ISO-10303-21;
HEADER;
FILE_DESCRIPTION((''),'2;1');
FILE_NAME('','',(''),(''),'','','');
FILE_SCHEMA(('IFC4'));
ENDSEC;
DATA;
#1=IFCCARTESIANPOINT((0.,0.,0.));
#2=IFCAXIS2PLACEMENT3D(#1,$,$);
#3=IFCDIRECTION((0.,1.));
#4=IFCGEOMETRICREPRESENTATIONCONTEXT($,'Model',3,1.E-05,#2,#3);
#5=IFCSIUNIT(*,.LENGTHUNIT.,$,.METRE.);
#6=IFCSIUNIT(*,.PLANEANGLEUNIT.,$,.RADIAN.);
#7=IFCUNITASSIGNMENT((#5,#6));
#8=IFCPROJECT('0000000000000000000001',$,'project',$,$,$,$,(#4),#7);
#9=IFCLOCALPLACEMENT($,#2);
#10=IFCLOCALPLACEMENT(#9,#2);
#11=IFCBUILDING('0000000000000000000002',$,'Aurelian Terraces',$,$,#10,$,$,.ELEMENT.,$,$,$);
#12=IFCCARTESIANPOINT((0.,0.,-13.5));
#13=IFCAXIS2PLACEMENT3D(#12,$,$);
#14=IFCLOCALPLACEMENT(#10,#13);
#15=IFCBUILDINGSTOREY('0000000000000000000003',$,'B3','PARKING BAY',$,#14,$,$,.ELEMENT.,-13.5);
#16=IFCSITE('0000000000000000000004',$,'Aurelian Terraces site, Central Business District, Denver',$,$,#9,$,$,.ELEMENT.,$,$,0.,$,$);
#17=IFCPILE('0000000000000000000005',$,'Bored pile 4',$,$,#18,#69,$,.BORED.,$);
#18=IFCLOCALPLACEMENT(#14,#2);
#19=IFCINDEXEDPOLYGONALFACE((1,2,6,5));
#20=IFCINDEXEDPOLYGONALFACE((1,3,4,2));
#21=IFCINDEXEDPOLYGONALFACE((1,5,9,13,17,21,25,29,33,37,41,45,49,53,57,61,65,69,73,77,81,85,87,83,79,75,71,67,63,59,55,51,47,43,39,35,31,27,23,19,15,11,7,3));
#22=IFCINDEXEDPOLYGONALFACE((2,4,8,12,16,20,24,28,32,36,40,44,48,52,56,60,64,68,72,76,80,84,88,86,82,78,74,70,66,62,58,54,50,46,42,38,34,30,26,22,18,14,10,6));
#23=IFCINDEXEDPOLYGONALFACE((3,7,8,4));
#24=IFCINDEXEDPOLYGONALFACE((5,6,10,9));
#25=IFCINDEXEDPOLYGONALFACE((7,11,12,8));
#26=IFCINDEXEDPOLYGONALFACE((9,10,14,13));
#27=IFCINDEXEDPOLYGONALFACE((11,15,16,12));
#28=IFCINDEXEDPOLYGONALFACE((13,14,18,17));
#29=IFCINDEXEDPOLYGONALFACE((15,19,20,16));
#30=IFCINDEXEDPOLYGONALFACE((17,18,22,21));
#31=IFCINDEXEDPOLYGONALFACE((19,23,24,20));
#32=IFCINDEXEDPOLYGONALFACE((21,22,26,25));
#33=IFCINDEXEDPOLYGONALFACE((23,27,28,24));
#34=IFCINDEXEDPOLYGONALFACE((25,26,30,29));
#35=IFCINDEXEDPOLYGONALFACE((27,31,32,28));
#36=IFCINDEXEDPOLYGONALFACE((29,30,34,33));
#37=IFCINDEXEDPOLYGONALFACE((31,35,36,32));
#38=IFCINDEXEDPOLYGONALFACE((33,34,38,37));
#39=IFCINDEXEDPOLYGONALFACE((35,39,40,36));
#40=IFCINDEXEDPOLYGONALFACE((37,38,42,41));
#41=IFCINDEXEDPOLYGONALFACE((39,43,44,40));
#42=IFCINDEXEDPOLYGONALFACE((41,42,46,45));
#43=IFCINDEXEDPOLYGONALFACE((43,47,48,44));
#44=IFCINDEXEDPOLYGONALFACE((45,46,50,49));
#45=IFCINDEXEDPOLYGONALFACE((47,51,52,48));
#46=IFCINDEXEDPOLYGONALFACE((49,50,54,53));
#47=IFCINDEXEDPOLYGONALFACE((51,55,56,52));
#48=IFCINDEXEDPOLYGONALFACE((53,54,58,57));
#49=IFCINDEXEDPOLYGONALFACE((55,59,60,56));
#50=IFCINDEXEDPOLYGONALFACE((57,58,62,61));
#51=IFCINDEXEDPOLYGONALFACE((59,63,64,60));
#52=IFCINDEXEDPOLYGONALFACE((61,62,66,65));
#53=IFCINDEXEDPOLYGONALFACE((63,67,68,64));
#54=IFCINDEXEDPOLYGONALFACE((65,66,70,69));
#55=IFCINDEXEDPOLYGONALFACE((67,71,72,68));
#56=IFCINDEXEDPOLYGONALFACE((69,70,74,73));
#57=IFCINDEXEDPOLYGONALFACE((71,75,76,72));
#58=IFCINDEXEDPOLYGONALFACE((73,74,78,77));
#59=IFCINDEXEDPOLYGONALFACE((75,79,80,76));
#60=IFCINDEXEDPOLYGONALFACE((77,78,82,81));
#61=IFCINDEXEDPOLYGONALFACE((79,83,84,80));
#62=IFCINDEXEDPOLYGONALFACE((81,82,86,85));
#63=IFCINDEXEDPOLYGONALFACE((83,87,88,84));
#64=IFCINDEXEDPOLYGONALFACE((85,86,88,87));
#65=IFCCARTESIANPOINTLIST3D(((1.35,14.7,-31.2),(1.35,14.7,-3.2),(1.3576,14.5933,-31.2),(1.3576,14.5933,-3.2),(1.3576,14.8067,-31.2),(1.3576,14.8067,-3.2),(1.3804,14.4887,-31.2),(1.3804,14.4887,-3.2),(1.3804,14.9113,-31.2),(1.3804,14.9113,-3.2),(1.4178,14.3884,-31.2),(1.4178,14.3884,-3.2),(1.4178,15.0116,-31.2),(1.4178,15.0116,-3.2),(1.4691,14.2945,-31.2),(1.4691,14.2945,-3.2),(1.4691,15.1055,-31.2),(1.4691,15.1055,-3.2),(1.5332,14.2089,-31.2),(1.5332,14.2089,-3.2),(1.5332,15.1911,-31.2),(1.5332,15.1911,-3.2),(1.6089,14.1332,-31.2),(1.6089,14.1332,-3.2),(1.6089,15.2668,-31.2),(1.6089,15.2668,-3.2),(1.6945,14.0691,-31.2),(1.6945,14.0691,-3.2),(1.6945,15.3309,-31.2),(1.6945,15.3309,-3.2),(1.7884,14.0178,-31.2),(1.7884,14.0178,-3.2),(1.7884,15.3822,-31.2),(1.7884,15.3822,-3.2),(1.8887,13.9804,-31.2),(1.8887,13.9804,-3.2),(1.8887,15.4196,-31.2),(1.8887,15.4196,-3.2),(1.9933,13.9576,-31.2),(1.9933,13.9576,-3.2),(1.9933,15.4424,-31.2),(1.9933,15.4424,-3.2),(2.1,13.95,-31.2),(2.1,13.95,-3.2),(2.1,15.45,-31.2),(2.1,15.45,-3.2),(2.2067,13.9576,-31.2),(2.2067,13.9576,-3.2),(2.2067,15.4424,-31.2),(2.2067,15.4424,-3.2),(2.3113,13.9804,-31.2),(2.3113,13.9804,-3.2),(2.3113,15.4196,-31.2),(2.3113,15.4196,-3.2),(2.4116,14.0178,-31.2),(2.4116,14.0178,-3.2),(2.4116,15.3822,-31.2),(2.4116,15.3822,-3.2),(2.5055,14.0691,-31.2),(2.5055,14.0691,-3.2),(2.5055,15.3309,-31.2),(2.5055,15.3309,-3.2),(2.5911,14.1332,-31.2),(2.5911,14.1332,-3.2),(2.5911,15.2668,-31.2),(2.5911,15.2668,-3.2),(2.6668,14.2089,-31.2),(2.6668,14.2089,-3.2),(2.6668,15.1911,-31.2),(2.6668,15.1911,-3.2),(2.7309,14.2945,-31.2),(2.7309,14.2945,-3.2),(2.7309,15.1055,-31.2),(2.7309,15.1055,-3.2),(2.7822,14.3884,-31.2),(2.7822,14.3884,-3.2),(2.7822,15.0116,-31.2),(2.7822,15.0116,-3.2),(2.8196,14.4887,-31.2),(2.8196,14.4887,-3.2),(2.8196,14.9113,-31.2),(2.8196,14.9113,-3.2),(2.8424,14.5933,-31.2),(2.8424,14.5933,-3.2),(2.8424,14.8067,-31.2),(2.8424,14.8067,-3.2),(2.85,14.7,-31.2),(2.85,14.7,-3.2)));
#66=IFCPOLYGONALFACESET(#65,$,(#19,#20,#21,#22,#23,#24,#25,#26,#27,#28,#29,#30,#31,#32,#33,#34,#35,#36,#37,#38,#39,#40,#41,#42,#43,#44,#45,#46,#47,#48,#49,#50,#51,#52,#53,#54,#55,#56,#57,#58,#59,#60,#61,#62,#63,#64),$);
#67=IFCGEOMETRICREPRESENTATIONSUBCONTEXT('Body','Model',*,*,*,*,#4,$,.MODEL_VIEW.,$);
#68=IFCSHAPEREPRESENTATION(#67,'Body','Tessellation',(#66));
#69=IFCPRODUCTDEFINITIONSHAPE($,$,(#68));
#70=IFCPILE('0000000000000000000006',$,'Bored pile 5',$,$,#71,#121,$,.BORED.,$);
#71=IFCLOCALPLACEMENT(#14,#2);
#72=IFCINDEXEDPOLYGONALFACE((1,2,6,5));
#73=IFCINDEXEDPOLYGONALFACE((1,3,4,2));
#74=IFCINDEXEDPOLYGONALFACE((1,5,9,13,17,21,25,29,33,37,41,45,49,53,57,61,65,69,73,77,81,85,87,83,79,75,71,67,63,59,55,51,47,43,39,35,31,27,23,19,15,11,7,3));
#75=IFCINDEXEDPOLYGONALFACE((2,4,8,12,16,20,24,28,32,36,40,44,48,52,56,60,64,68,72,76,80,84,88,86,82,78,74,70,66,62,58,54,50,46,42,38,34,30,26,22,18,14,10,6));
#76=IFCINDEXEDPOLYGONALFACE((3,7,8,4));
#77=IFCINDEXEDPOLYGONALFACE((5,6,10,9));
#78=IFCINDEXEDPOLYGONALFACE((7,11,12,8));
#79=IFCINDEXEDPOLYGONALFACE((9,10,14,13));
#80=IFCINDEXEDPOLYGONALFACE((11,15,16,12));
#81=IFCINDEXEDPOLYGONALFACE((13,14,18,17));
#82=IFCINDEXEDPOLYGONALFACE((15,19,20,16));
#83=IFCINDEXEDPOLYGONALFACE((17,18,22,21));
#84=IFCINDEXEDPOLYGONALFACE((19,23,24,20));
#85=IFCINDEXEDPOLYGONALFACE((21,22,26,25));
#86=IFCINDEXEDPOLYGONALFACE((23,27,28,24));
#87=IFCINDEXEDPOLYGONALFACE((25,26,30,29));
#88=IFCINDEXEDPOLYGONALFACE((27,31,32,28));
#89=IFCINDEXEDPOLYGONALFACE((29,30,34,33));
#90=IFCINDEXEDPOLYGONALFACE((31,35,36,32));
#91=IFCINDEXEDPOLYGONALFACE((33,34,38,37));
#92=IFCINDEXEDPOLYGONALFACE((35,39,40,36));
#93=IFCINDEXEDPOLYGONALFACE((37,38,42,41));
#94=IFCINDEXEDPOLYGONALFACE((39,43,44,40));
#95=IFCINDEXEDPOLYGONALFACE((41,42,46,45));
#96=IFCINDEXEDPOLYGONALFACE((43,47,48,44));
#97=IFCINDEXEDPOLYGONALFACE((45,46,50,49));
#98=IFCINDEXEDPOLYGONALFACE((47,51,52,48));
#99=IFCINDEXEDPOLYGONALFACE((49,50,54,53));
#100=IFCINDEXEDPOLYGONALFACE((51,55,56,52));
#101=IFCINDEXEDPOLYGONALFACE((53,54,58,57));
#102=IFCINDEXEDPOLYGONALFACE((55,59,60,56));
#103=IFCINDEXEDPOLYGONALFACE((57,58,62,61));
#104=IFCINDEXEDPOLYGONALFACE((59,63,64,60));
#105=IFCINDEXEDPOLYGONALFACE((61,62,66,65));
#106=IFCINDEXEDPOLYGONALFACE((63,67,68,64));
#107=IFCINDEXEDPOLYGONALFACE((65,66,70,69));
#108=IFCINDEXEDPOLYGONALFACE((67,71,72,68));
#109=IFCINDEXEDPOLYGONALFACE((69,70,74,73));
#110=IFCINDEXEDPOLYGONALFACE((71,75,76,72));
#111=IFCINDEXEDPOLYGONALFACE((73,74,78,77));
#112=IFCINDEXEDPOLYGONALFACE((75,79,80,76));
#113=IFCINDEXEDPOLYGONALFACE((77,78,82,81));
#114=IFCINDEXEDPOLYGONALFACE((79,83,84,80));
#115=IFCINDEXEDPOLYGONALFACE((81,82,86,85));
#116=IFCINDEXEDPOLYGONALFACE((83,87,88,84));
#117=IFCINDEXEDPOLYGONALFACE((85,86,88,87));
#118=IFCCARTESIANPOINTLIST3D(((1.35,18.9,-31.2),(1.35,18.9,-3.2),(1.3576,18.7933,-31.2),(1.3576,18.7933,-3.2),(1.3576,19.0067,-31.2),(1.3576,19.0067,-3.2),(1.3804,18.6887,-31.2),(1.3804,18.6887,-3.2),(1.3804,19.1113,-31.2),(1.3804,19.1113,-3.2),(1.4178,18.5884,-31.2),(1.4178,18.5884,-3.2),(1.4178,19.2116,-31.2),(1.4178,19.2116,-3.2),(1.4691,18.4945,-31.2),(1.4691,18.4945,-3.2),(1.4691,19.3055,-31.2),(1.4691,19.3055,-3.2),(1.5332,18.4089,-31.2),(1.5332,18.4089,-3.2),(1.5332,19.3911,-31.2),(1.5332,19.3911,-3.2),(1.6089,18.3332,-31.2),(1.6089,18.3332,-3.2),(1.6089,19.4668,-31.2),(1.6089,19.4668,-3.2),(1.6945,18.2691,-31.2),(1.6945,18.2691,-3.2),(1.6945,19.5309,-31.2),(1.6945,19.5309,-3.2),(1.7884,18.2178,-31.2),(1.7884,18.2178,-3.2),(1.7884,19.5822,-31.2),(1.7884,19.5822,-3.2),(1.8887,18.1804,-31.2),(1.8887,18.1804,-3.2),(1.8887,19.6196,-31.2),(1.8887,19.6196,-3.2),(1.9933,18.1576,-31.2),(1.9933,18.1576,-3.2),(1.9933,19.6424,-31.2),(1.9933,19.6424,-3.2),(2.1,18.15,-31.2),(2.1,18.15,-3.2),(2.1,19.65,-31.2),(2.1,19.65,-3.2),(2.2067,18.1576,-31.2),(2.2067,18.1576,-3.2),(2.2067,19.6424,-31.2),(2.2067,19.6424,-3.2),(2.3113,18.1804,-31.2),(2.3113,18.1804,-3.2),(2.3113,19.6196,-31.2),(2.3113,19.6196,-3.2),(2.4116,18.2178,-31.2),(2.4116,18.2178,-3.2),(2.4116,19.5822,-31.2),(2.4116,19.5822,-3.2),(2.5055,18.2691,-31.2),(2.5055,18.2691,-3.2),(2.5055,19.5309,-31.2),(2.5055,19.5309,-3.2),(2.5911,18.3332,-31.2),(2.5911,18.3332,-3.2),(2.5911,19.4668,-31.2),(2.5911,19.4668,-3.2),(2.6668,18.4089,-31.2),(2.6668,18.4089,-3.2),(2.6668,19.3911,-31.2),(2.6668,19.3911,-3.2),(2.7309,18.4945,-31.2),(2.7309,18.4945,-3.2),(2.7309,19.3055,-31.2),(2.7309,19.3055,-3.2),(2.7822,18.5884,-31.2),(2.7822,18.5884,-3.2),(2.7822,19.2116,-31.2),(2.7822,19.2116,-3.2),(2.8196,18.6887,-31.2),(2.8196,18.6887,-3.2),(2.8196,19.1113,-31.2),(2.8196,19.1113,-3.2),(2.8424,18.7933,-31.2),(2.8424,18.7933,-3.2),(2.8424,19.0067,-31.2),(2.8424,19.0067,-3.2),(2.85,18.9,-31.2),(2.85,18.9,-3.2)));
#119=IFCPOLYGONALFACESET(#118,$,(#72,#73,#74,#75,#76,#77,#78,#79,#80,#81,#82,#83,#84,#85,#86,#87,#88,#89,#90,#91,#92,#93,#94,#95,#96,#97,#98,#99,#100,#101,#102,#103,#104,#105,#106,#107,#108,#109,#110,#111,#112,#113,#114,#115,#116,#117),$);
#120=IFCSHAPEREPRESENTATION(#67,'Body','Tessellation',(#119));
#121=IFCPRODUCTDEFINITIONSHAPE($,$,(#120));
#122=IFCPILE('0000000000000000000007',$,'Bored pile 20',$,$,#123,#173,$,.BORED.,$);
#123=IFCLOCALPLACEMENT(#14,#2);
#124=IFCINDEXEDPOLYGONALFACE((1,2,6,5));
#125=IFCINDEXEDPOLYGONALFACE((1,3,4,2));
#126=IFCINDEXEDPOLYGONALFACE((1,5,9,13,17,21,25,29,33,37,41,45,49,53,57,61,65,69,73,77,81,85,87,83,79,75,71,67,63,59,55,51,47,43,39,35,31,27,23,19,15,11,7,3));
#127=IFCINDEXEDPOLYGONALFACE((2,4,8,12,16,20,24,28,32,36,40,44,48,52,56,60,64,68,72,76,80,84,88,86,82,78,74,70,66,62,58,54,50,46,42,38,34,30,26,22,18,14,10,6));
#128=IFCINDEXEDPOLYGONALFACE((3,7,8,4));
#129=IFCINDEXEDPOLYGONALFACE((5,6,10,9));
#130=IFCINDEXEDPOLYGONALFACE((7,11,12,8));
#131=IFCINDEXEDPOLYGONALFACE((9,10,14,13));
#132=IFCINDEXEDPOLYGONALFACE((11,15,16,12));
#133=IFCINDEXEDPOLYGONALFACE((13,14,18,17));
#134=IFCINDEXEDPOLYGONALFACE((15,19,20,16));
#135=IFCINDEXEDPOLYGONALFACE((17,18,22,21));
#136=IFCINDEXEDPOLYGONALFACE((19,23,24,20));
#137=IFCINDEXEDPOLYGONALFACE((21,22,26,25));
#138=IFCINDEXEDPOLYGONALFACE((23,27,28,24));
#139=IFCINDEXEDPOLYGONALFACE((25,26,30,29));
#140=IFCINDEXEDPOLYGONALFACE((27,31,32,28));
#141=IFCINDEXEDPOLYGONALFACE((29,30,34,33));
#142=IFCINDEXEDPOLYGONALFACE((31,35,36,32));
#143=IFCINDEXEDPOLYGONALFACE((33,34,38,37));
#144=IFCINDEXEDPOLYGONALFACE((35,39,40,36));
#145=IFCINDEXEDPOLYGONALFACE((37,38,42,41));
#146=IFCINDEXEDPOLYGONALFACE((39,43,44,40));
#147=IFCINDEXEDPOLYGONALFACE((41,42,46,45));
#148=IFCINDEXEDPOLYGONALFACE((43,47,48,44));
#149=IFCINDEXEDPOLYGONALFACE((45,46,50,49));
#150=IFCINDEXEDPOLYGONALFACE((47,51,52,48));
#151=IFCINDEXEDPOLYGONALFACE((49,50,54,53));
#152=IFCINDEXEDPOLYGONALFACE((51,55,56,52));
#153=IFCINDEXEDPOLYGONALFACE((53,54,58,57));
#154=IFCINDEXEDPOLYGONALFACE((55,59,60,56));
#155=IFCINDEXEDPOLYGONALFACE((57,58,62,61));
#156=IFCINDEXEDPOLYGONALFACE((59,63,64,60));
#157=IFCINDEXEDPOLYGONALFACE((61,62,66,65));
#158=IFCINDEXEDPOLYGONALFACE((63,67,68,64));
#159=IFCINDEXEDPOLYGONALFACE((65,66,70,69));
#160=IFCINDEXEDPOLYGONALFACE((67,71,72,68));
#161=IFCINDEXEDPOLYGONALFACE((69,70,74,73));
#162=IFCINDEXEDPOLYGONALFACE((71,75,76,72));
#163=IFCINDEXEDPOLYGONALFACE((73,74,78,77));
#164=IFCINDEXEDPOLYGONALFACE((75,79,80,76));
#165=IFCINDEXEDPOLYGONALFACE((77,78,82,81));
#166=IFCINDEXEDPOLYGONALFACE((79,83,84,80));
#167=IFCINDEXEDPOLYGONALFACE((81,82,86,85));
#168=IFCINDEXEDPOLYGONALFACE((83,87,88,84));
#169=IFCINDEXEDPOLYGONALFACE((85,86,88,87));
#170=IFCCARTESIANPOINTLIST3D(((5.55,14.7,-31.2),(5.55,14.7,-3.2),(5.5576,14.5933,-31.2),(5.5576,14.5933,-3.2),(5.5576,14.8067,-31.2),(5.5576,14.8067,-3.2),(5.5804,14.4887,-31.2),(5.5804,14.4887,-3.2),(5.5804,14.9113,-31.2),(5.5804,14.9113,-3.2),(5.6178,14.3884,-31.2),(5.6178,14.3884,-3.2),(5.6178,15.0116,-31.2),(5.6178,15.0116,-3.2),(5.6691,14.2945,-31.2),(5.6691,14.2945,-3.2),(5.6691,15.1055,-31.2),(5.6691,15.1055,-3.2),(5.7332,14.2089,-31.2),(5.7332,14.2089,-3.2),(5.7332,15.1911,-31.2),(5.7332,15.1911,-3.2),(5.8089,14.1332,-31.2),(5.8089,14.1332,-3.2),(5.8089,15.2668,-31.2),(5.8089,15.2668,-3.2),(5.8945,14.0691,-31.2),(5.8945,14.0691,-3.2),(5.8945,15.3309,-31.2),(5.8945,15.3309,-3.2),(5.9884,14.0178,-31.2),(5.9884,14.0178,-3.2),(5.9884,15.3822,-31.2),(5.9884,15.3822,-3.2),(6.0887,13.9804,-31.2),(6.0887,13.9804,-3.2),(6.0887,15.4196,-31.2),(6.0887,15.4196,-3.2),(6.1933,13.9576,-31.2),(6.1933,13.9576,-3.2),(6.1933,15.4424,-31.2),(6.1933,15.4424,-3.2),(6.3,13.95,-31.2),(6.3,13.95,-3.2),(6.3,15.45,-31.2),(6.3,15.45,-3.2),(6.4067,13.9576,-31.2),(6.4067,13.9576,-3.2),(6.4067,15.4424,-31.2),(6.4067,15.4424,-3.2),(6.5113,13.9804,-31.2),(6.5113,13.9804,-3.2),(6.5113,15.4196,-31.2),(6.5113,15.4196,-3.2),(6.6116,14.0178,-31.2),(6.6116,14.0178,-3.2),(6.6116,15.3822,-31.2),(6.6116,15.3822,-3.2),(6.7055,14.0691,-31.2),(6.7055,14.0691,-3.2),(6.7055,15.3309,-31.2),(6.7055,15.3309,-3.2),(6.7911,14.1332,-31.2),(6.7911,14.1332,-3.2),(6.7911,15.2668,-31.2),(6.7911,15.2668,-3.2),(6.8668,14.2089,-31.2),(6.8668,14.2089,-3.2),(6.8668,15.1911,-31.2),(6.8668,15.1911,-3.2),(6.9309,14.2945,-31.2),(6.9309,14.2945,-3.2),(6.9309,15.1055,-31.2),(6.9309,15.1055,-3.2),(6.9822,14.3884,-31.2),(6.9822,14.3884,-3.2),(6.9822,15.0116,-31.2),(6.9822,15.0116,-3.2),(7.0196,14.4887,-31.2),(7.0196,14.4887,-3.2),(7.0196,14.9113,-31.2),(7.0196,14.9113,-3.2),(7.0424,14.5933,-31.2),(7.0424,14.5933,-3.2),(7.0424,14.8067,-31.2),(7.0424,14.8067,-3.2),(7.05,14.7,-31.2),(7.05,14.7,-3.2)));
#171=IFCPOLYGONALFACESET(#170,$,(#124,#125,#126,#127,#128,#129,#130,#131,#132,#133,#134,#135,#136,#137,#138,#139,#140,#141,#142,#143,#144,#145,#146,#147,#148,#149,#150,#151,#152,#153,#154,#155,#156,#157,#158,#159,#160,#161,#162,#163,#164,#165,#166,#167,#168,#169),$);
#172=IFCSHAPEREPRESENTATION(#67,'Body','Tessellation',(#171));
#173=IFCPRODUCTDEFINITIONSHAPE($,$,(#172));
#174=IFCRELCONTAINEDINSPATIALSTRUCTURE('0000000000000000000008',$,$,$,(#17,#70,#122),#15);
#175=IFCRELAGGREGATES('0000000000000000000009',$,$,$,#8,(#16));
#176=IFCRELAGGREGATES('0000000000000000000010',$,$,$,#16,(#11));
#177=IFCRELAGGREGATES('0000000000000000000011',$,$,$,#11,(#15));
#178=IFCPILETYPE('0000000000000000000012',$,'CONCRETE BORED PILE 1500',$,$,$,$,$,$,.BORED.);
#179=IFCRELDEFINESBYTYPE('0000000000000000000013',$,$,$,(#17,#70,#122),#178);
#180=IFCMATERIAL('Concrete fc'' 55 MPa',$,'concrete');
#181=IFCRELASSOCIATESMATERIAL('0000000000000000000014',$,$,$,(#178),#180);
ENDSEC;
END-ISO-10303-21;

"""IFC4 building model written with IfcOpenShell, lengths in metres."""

from ifc_helpers import new_model, si_unit, direction, frame, origin, origin_2d, place, context, subcontext, project, spatial, circle, extrude, source, transform, mapped, material, material_profile, profile_set, type_object, element, save


model = new_model("IFC4")

# Units and contexts
model_context = context("Model", 3, precision=1e-05, world=origin(), true_north=direction((0.0, 1.0)))
body_context = subcontext(model_context, "Body", "Model", "MODEL_VIEW")
ifc_project = project(units=[si_unit("LENGTHUNIT", "METRE"), si_unit("PLANEANGLEUNIT", "RADIAN")], contexts=[model_context])

# Site, building, storey
site_placement = place(None, origin())
site = spatial("IfcSite", under=ifc_project, at=site_placement, Name="Aurelian Terraces site, Central Business District, Denver", CompositionType="ELEMENT", RefElevation=0.0)
building_placement = place(site_placement, origin())
building = spatial("IfcBuilding", under=site, at=building_placement, Name="Aurelian Terraces", CompositionType="ELEMENT")
storey_placement = place(building_placement, frame((0.0, 0.0, -13.5)))
storey = spatial("IfcBuildingStorey", under=building, at=storey_placement, Name="B3", Description="PARKING BAY", CompositionType="ELEMENT", Elevation=-13.5)

# Piles
ifc_material_1 = material(Name="Concrete fc' 55 MPa", Category="concrete")
ifc_material_profile = material_profile(ifc_material_1, circle(Radius=0.75, at=origin_2d()))
ifc_profile_set = profile_set([ifc_material_profile], Name="Concrete fc' 55 MPa")
pile_type = type_object("IfcPileType", Name="CONCRETE BORED PILE 1500", PredefinedType="BORED", material=ifc_profile_set)
shared_shape_1 = source(origin(), body_context, "Body", "SweptSolid", [
    extrude(circle(Radius=0.75, at=origin_2d()), origin(), (0.0, 0.0, 1.0), 28.0),
])
for number, where, z_axis, x_axis, name in (
    (1, (2.1, 14.7, -3.2), (0.0, 0.0, -1.0), (1.0, 0.0, 0.0), "Bored pile 4"),
    (2, (2.1, 18.9, -3.2), (0.0, 0.0, -1.0), (1.0, 0.0, 0.0), "Bored pile 5"),
    (3, (6.3, 14.7, -3.2), (0.0, 0.0, -1.0), (1.0, 0.0, 0.0), "Bored pile 20"),
):
    element("IfcPile", number, at=place(storey_placement, frame(where, z_axis=z_axis, x_axis=x_axis)), inside=storey, type_object=pile_type, Name=name, PredefinedType="BORED", context=body_context, shape_type="MappedRepresentation", body=[
        mapped(shared_shape_1, transform((0.0, 0.0, 0.0), scale=1.0)),
    ])

save(model, "model.ifc")
